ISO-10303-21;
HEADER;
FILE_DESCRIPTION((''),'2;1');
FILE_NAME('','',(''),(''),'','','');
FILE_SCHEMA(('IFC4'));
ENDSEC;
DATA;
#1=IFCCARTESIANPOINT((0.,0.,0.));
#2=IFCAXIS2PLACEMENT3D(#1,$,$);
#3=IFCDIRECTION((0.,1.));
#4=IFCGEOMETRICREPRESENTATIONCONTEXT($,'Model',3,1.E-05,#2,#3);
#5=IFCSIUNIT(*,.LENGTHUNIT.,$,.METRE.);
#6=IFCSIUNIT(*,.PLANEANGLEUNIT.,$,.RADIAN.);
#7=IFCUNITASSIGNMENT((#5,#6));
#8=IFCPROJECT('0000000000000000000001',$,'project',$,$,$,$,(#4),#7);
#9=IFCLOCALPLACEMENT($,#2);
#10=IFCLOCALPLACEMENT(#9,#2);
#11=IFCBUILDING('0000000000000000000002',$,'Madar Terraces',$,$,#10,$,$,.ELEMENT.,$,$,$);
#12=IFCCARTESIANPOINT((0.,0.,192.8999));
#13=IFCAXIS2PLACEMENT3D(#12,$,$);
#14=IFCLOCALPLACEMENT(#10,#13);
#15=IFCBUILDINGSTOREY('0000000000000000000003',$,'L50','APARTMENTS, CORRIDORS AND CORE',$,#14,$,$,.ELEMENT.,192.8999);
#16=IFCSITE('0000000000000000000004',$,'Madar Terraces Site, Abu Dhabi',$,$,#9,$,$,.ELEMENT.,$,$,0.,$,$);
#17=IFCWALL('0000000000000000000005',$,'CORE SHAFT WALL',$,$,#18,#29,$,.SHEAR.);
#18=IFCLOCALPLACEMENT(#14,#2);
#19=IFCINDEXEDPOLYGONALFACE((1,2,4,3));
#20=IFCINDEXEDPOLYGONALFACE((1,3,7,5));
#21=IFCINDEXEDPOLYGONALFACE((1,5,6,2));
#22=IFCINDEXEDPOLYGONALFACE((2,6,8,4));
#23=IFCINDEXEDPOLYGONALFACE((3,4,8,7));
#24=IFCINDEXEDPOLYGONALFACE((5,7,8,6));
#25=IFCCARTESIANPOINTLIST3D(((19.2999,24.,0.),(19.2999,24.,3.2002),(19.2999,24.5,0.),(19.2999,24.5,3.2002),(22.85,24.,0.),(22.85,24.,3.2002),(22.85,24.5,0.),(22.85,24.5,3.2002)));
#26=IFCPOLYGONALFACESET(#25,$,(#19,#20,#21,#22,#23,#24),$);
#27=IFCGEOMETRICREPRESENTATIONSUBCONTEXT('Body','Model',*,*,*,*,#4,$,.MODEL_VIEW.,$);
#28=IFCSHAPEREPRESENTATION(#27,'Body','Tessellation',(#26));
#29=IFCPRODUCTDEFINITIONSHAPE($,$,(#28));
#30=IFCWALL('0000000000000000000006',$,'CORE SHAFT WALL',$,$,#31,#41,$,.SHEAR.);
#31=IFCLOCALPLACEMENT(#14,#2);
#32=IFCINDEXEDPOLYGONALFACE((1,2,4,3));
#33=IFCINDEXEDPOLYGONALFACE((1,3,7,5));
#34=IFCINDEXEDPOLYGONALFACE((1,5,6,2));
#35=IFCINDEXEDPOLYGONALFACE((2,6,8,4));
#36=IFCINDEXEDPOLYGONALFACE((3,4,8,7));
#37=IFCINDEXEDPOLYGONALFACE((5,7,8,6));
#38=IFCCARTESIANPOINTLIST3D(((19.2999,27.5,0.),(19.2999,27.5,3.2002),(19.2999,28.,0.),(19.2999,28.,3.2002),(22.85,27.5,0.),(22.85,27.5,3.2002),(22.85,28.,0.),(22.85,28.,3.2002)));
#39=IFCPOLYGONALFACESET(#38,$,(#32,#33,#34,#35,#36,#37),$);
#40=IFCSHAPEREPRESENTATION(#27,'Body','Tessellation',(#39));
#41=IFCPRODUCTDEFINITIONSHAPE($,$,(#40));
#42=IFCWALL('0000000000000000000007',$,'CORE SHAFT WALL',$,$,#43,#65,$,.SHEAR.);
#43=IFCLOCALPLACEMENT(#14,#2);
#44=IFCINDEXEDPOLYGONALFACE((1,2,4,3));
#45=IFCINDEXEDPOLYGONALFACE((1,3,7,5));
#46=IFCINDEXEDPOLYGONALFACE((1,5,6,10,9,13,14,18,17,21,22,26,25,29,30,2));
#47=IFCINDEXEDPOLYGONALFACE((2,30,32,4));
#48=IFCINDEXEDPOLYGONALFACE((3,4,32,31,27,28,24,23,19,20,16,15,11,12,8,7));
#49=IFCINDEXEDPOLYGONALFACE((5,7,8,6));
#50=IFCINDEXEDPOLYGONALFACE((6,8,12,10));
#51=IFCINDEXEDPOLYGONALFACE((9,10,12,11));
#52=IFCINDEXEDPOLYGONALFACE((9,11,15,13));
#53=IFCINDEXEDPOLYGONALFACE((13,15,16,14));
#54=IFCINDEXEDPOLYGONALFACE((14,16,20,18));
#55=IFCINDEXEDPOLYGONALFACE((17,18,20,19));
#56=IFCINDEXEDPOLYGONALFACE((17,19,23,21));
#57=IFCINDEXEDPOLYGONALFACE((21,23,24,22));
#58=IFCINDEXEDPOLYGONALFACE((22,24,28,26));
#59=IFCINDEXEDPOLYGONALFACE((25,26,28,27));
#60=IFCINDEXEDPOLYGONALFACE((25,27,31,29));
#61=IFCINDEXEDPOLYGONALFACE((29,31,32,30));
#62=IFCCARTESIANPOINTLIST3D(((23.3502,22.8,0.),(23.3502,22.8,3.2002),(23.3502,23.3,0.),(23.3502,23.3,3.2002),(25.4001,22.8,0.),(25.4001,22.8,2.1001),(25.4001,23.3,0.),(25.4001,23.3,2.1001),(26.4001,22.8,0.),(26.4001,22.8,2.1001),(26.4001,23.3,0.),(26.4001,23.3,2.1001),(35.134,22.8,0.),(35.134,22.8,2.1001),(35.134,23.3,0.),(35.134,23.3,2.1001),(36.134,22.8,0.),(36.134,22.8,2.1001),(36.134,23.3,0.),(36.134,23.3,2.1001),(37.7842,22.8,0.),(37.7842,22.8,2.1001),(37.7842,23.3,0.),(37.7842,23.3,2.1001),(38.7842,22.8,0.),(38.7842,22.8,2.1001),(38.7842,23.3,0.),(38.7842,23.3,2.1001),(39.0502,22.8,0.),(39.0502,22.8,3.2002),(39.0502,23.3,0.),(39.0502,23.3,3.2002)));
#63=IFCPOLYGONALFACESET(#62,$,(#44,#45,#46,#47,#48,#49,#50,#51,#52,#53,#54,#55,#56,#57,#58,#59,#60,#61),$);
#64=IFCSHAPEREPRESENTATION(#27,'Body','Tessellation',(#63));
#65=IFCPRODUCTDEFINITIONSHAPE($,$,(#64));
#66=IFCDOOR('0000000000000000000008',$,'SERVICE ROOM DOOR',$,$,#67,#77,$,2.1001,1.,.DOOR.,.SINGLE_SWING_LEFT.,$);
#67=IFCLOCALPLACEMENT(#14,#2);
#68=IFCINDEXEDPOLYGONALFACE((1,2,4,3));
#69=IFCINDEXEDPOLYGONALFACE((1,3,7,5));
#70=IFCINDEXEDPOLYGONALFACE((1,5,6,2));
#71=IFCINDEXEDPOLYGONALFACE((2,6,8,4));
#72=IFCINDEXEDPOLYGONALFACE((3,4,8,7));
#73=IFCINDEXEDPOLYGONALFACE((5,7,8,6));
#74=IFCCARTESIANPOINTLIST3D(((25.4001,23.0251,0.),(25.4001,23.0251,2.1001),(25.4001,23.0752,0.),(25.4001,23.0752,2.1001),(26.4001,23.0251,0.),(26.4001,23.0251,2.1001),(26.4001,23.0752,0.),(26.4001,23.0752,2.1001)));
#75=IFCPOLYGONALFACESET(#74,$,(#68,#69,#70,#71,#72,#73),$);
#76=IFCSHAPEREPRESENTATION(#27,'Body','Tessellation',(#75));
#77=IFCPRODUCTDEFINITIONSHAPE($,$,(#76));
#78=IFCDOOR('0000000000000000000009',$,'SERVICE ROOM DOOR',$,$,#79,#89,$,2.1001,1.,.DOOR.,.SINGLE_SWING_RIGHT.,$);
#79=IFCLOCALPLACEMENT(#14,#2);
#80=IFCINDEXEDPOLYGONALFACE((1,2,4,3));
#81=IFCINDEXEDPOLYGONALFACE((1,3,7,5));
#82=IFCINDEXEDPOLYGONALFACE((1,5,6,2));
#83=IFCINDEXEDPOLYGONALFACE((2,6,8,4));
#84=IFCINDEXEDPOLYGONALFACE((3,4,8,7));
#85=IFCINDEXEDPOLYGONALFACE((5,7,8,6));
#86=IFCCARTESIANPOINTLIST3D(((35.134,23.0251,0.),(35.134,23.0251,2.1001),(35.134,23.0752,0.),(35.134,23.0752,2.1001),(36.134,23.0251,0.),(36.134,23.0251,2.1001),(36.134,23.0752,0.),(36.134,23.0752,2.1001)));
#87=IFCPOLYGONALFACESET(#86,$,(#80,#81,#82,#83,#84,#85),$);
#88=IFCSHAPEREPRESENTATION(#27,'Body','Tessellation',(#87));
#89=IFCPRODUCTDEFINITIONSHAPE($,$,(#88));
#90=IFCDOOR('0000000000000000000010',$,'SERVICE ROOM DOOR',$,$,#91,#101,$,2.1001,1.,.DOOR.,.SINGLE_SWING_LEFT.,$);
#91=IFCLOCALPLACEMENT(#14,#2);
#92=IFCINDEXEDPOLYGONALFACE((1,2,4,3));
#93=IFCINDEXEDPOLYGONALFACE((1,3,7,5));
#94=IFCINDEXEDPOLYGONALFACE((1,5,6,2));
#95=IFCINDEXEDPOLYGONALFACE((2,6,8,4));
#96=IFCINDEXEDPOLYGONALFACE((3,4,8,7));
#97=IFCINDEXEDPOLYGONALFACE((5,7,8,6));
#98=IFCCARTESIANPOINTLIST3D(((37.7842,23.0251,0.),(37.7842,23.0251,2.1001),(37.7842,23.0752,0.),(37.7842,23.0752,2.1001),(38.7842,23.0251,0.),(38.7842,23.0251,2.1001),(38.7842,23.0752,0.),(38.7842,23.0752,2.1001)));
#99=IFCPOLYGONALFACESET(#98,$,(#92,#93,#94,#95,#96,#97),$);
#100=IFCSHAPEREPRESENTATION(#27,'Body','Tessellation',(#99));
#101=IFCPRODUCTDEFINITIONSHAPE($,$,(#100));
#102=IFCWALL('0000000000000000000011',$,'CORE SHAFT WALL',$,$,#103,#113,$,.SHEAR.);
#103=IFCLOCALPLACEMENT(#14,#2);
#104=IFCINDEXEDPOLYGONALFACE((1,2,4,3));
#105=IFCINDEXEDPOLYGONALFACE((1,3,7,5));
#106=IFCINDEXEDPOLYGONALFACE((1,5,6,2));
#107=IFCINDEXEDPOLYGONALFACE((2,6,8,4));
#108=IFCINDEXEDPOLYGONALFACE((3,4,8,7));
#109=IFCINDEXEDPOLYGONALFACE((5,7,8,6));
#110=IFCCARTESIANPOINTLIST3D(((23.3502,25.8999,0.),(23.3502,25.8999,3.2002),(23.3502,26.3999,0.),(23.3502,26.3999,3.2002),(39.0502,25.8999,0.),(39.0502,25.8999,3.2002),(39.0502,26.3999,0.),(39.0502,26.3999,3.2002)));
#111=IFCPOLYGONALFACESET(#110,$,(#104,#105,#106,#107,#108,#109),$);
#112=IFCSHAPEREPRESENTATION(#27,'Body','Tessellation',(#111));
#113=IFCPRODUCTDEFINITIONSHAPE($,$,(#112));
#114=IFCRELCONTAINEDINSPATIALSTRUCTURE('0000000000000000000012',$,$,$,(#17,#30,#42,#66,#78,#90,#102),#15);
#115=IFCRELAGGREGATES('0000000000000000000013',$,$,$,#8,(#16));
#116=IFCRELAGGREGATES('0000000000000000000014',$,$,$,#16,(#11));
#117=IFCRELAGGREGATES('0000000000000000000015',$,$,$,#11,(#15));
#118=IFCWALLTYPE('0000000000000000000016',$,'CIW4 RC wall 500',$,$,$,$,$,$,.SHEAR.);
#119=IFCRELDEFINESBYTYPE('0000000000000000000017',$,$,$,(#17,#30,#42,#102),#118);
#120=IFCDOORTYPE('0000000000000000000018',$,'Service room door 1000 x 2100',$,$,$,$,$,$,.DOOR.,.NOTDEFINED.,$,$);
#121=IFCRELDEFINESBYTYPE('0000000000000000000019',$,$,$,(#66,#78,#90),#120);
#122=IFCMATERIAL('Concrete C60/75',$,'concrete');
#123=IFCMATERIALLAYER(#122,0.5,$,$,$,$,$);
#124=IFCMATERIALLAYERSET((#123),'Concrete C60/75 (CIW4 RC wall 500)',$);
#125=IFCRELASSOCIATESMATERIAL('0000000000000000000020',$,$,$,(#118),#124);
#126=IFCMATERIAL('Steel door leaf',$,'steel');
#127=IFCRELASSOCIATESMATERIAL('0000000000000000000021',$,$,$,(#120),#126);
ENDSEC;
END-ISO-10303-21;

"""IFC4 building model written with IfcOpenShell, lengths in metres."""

from ifc_helpers import new_model, si_unit, direction, frame, frame_2d, origin, place, context, subcontext, project, spatial, rectangle, extrude, material, layer, layer_set, type_object, element, fill, save


model = new_model("IFC4")

# Units and contexts
model_context = context("Model", 3, precision=1e-05, world=origin(), true_north=direction((0.0, 1.0)))
body_context = subcontext(model_context, "Body", "Model", "MODEL_VIEW")
ifc_project = project(units=[si_unit("LENGTHUNIT", "METRE"), si_unit("PLANEANGLEUNIT", "RADIAN")], contexts=[model_context])

# Site, building, storey
site_placement = place(None, origin())
site = spatial("IfcSite", under=ifc_project, at=site_placement, Name="Madar Terraces Site, Abu Dhabi", CompositionType="ELEMENT", RefElevation=0.0)
building_placement = place(site_placement, origin())
building = spatial("IfcBuilding", under=site, at=building_placement, Name="Madar Terraces", CompositionType="ELEMENT")
storey_placement = place(building_placement, frame((0.0, 0.0, 192.8999)))
storey = spatial("IfcBuildingStorey", under=building, at=storey_placement, Name="L50", Description="APARTMENTS, CORRIDORS AND CORE", CompositionType="ELEMENT", Elevation=192.8999)

# Walls
ifc_material_1 = material(Name="Concrete C60/75", Category="concrete")
ifc_layer_1 = layer(ifc_material_1, 0.5)
ifc_layer_set_1 = layer_set([ifc_layer_1], Name="Concrete C60/75 (CIW4 RC wall 500)")
wall_type_1 = type_object("IfcWallType", Name="CIW4 RC wall 500", PredefinedType="SHEAR", material=ifc_layer_set_1)
for number, where, z_axis, x_axis, name in (
    (1, (19.3, 24.25, 0.0), (0.0, 0.0, 1.0), (1.0, 0.0, 0.0), "CORE SHAFT WALL"),
    (2, (19.3, 27.75, 0.0), (0.0, 0.0, 1.0), (1.0, 0.0, 0.0), "CORE SHAFT WALL"),
):
    element("IfcWall", number, at=place(storey_placement, frame(where, z_axis=z_axis, x_axis=x_axis)), inside=storey, type_object=wall_type_1, Name=name, PredefinedType="SHEAR", context=body_context, shape_type="SweptSolid", body=[
        extrude(rectangle(XDim=3.55, YDim=0.5, at=frame_2d((1.7749, 0.0))), origin(), (0.0, 0.0, 1.0), 3.2002),
    ])

# Wall, openings, doors
wall_1_placement = place(storey_placement, frame((23.3501, 23.05, 0.0), z_axis=(0.0, 0.0, 1.0), x_axis=(1.0, 0.0, 0.0)))
wall_1 = element("IfcWall", 3, at=wall_1_placement, inside=storey, type_object=wall_type_1, Name="CORE SHAFT WALL", PredefinedType="SHEAR", context=body_context, shape_type="SweptSolid", body=[
    extrude(rectangle(XDim=15.7, YDim=0.5, at=frame_2d((7.8501, 0.0))), origin(), (0.0, 0.0, 1.0), 3.2002),
])
opening_1_placement = place(wall_1_placement, frame((2.05, 0.0, 0.0)))
opening_1 = element("IfcOpeningElement", 4, at=opening_1_placement, cuts=wall_1, PredefinedType="OPENING", context=body_context, shape_type="SweptSolid", body=[
    extrude(rectangle(XDim=1.0, YDim=2.1001, at=frame_2d((0.5, 1.05))), frame((0.0, 0.26, 0.0), z_axis=(0.0, -1.0, 0.0), x_axis=(1.0, 0.0, 0.0)), (0.0, 0.0, 1.0), 0.52),
])
opening_2_placement = place(wall_1_placement, frame((11.7839, 0.0, 0.0)))
opening_2 = element("IfcOpeningElement", 5, at=opening_2_placement, cuts=wall_1, PredefinedType="OPENING", context=body_context, shape_type="SweptSolid", body=[
    extrude(rectangle(XDim=1.0, YDim=2.1001, at=frame_2d((0.5, 1.05))), frame((0.0, 0.26, 0.0), z_axis=(0.0, -1.0, 0.0), x_axis=(1.0, 0.0, 0.0)), (0.0, 0.0, 1.0), 0.52),
])
opening_3_placement = place(wall_1_placement, frame((14.4341, 0.0, 0.0)))
opening_3 = element("IfcOpeningElement", 6, at=opening_3_placement, cuts=wall_1, PredefinedType="OPENING", context=body_context, shape_type="SweptSolid", body=[
    extrude(rectangle(XDim=1.0, YDim=2.1001, at=frame_2d((0.5, 1.05))), frame((0.0, 0.26, 0.0), z_axis=(0.0, -1.0, 0.0), x_axis=(1.0, 0.0, 0.0)), (0.0, 0.0, 1.0), 0.52),
])
ifc_material_2 = material(Name="Steel door leaf", Category="steel")
door_type_1 = type_object("IfcDoorType", Name="Service room door 1000 x 2100", OperationType="NOTDEFINED", PredefinedType="DOOR", material=ifc_material_2)
door_1_placement = place(opening_1_placement, frame((1.0, 0.0, 0.0), z_axis=(0.0, 0.0, 1.0), x_axis=(-1.0, 0.0, 0.0)))
door_1 = element("IfcDoor", 7, at=door_1_placement, inside=storey, type_object=door_type_1, Name="SERVICE ROOM DOOR", OperationType="SINGLE_SWING_LEFT", OverallHeight=2.1001, OverallWidth=1.0, PredefinedType="DOOR", context=body_context, shape_type="SweptSolid", body=[
    extrude(rectangle(XDim=1.0, YDim=2.1001, at=frame_2d((0.5, 1.05))), frame((0.0, 0.0249, 0.0), z_axis=(0.0, -1.0, 0.0), x_axis=(1.0, 0.0, 0.0)), (0.0, 0.0, 1.0), 0.05),
])
fill(opening_1, door_1)
door_2_placement = place(opening_2_placement, frame((1.0, 0.0, 0.0), z_axis=(0.0, 0.0, 1.0), x_axis=(-1.0, 0.0, 0.0)))
door_2 = element("IfcDoor", 8, at=door_2_placement, inside=storey, type_object=door_type_1, Name="SERVICE ROOM DOOR", OperationType="SINGLE_SWING_RIGHT", OverallHeight=2.1001, OverallWidth=1.0, PredefinedType="DOOR", context=body_context, shape_type="SweptSolid", body=[
    extrude(rectangle(XDim=1.0, YDim=2.1001, at=frame_2d((0.5, 1.05))), frame((0.0, 0.0249, 0.0), z_axis=(0.0, -1.0, 0.0), x_axis=(1.0, 0.0, 0.0)), (0.0, 0.0, 1.0), 0.05),
])
fill(opening_2, door_2)
door_3_placement = place(opening_3_placement, frame((1.0, 0.0, 0.0), z_axis=(0.0, 0.0, 1.0), x_axis=(-1.0, 0.0, 0.0)))
door_3 = element("IfcDoor", 9, at=door_3_placement, inside=storey, type_object=door_type_1, Name="SERVICE ROOM DOOR", OperationType="SINGLE_SWING_LEFT", OverallHeight=2.1001, OverallWidth=1.0, PredefinedType="DOOR", context=body_context, shape_type="SweptSolid", body=[
    extrude(rectangle(XDim=1.0, YDim=2.1001, at=frame_2d((0.5, 1.05))), frame((0.0, 0.0249, 0.0), z_axis=(0.0, -1.0, 0.0), x_axis=(1.0, 0.0, 0.0)), (0.0, 0.0, 1.0), 0.05),
])
fill(opening_3, door_3)

# Wall
wall_2_placement = place(storey_placement, frame((23.3501, 26.1499, 0.0), z_axis=(0.0, 0.0, 1.0), x_axis=(1.0, 0.0, 0.0)))
element("IfcWall", 10, at=wall_2_placement, inside=storey, type_object=wall_type_1, Name="CORE SHAFT WALL", PredefinedType="SHEAR", context=body_context, shape_type="SweptSolid", body=[
    extrude(rectangle(XDim=15.7, YDim=0.5, at=frame_2d((7.8501, 0.0))), origin(), (0.0, 0.0, 1.0), 3.2002),
])

save(model, "model.ifc")
